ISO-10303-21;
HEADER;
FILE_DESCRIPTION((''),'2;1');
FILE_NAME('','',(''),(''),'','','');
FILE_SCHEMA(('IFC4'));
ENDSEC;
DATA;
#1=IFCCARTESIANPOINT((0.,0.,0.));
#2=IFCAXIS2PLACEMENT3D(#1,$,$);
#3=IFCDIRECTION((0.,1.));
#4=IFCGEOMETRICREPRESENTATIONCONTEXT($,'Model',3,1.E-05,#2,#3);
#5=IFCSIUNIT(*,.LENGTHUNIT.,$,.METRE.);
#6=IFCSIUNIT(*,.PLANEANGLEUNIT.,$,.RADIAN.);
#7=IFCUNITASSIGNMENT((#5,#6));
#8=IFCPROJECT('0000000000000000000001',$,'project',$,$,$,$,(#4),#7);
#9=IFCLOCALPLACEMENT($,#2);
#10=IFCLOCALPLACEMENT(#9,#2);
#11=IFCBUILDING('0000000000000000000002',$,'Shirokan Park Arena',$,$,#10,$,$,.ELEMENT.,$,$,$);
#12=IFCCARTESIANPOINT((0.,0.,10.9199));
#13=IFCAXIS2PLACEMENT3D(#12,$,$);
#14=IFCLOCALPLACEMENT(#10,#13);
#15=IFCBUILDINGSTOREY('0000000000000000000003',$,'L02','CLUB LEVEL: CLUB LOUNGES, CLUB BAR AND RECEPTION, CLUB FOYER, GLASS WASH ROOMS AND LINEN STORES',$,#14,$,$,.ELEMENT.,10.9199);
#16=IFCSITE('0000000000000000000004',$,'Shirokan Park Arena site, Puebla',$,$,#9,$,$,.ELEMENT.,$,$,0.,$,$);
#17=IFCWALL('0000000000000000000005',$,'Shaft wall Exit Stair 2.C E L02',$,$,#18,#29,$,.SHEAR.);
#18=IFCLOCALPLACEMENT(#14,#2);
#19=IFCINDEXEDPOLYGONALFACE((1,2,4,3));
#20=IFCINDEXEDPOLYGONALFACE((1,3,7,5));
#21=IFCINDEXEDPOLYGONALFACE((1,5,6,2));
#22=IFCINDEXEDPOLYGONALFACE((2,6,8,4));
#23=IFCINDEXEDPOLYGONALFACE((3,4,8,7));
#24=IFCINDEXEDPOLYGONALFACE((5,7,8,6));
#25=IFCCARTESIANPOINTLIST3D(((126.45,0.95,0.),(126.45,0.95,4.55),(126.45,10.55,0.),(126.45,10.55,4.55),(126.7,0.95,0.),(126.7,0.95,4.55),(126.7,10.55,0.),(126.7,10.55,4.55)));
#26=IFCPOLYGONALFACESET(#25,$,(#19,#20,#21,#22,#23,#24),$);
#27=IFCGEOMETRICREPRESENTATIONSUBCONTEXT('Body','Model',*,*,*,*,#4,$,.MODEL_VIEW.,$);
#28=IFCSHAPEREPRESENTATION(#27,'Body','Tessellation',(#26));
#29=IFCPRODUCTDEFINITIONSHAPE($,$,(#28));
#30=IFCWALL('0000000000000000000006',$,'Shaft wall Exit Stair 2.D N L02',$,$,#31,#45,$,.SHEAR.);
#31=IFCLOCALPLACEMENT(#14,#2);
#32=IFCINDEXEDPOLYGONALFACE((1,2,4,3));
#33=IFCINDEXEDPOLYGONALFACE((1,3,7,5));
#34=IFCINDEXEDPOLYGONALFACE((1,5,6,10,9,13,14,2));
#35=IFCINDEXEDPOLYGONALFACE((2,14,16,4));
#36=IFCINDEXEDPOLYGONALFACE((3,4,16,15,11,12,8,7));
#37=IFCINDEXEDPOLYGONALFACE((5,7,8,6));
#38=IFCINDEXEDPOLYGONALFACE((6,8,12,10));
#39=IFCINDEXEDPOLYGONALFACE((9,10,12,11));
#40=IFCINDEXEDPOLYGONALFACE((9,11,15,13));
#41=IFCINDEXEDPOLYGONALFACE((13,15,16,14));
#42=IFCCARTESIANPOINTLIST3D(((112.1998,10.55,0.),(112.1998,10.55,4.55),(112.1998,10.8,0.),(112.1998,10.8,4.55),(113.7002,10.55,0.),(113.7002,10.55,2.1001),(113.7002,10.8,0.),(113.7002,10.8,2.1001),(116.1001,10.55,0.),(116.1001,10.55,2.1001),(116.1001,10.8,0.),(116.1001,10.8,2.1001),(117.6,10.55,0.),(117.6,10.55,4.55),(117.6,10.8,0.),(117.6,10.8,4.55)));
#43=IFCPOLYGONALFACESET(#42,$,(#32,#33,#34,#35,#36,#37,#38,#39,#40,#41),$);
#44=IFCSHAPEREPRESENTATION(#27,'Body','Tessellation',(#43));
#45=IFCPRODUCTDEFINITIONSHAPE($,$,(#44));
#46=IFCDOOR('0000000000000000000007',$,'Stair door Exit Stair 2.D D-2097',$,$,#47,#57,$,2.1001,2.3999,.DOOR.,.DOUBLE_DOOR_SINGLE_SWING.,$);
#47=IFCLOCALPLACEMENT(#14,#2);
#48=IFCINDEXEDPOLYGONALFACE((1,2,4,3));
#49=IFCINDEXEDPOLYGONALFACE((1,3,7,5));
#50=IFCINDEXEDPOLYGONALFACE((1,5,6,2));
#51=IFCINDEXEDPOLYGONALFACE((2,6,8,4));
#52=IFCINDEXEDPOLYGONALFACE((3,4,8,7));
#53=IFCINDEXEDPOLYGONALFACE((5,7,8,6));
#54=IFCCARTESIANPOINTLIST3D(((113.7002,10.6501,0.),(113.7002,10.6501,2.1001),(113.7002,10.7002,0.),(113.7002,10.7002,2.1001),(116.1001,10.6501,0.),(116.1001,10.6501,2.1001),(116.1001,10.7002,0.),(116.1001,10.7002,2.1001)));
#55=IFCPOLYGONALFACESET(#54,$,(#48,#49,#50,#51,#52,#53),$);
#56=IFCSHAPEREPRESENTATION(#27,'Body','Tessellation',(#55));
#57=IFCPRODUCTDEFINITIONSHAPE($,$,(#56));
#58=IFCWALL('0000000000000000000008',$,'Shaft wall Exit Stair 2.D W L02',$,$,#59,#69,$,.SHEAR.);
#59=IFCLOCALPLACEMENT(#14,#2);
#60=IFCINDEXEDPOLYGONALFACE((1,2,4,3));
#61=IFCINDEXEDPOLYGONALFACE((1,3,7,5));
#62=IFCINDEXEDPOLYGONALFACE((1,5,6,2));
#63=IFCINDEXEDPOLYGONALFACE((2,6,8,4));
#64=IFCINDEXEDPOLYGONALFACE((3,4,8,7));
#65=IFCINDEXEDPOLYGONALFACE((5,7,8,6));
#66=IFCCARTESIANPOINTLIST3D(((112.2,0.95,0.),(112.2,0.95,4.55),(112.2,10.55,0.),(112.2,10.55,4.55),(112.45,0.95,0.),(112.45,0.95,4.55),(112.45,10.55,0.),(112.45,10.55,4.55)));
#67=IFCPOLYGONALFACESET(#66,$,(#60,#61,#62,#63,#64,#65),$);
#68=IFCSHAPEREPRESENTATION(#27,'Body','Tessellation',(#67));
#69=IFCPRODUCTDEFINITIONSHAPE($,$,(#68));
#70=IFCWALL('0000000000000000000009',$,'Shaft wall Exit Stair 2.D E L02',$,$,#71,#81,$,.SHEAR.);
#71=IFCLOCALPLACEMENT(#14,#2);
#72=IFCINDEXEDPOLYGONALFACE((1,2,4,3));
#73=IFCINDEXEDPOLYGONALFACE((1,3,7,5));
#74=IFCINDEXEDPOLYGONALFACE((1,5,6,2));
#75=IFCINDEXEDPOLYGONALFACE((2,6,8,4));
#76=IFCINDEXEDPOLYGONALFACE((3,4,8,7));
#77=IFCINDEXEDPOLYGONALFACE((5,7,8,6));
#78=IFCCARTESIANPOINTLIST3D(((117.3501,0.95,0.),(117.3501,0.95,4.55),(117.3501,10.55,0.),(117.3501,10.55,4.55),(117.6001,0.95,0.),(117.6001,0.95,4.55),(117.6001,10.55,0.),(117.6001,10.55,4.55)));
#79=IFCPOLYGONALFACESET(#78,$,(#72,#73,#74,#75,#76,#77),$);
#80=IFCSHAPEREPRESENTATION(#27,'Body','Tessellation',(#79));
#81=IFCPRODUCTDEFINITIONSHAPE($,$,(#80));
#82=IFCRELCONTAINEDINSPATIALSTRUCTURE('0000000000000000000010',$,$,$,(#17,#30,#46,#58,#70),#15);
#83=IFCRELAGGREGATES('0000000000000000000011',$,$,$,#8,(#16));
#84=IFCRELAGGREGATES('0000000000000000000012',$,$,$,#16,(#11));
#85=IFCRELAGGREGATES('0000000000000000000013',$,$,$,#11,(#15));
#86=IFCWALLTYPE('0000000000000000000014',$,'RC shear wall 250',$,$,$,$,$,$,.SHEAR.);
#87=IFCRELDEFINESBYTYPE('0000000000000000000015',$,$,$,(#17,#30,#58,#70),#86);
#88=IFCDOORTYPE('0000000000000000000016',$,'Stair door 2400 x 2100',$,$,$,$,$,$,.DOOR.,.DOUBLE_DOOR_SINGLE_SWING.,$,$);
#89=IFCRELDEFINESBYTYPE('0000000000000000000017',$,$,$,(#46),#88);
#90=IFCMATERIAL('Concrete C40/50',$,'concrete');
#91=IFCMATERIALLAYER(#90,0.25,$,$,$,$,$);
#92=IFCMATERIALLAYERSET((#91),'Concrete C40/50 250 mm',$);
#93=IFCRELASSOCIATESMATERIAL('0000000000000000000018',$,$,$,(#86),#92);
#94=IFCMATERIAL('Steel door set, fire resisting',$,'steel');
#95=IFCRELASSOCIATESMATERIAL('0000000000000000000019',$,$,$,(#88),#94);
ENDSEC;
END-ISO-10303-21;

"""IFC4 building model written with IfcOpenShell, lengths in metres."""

from ifc_helpers import new_model, si_unit, direction, frame, frame_2d, origin, place, context, subcontext, project, spatial, rectangle, extrude, material, layer, layer_set, type_object, element, fill, save


model = new_model("IFC4")

# Units and contexts
model_context = context("Model", 3, precision=1e-05, world=origin(), true_north=direction((0.0, 1.0)))
body_context = subcontext(model_context, "Body", "Model", "MODEL_VIEW")
ifc_project = project(units=[si_unit("LENGTHUNIT", "METRE"), si_unit("PLANEANGLEUNIT", "RADIAN")], contexts=[model_context])

# Site, building, storey
site_placement = place(None, origin())
site = spatial("IfcSite", under=ifc_project, at=site_placement, Name="Shirokan Park Arena site, Puebla", CompositionType="ELEMENT", RefElevation=0.0)
building_placement = place(site_placement, origin())
building = spatial("IfcBuilding", under=site, at=building_placement, Name="Shirokan Park Arena", CompositionType="ELEMENT")
storey_placement = place(building_placement, frame((0.0, 0.0, 10.9199)))
storey = spatial("IfcBuildingStorey", under=building, at=storey_placement, Name="L02", Description="CLUB LEVEL: CLUB LOUNGES, CLUB BAR AND RECEPTION, CLUB FOYER, GLASS WASH ROOMS AND LINEN STORES", CompositionType="ELEMENT", Elevation=10.9199)

# Wall
ifc_material_1 = material(Name="Concrete C40/50", Category="concrete")
ifc_layer_1 = layer(ifc_material_1, 0.25)
ifc_layer_set_1 = layer_set([ifc_layer_1], Name="Concrete C40/50 250 mm")
wall_type_1 = type_object("IfcWallType", Name="RC shear wall 250", PredefinedType="SHEAR", material=ifc_layer_set_1)
for number, where, z_axis, x_axis, name in (
    (1, (126.575, 10.55, 0.0), (0.0, 0.0, 1.0), (0.0, -1.0, 0.0), "Shaft wall Exit Stair 2.C E L02"),
):
    element("IfcWall", number, at=place(storey_placement, frame(where, z_axis=z_axis, x_axis=x_axis)), inside=storey, type_object=wall_type_1, Name=name, PredefinedType="SHEAR", context=body_context, shape_type="SweptSolid", body=[
        extrude(rectangle(XDim=9.6001, YDim=0.25, at=frame_2d((4.8, 0.0))), origin(), (0.0, 0.0, 1.0), 4.55),
    ])

# Wall, opening, door
wall_1_placement = place(storey_placement, frame((117.6001, 10.675, 0.0), z_axis=(0.0, 0.0, 1.0), x_axis=(-1.0, 0.0, 0.0)))
wall_1 = element("IfcWall", 2, at=wall_1_placement, inside=storey, type_object=wall_type_1, Name="Shaft wall Exit Stair 2.D N L02", PredefinedType="SHEAR", context=body_context, shape_type="SweptSolid", body=[
    extrude(rectangle(XDim=5.4001, YDim=0.25, at=frame_2d((2.7002, 0.0))), origin(), (0.0, 0.0, 1.0), 4.55),
])
opening_1_placement = place(wall_1_placement, frame((1.5, 0.0, 0.0)))
opening_1 = element("IfcOpeningElement", 3, at=opening_1_placement, cuts=wall_1, PredefinedType="OPENING", context=body_context, shape_type="SweptSolid", body=[
    extrude(rectangle(XDim=2.3999, YDim=2.1001, at=frame_2d((1.2, 1.05))), frame((0.0, 0.135, 0.0), z_axis=(0.0, -1.0, 0.0), x_axis=(1.0, 0.0, 0.0)), (0.0, 0.0, 1.0), 0.27),
])
ifc_material_2 = material(Name="Steel door set, fire resisting", Category="steel")
door_type_1 = type_object("IfcDoorType", Name="Stair door 2400 x 2100", OperationType="DOUBLE_DOOR_SINGLE_SWING", PredefinedType="DOOR", material=ifc_material_2)
door_1_placement = place(opening_1_placement, origin())
door_1 = element("IfcDoor", 4, at=door_1_placement, inside=storey, type_object=door_type_1, Name="Stair door Exit Stair 2.D D-2097", OperationType="DOUBLE_DOOR_SINGLE_SWING", OverallHeight=2.1001, OverallWidth=2.3999, PredefinedType="DOOR", context=body_context, shape_type="SweptSolid", body=[
    extrude(rectangle(XDim=2.3999, YDim=2.1001, at=frame_2d((1.2, 1.05))), frame((0.0, 0.0249, 0.0), z_axis=(0.0, -1.0, 0.0), x_axis=(1.0, 0.0, 0.0)), (0.0, 0.0, 1.0), 0.05),
])
fill(opening_1, door_1)

# Walls
for number, where, z_axis, x_axis, name in (
    (5, (112.325, 10.55, 0.0), (0.0, 0.0, 1.0), (0.0, -1.0, 0.0), "Shaft wall Exit Stair 2.D W L02"),
    (6, (117.4751, 10.55, 0.0), (0.0, 0.0, 1.0), (0.0, -1.0, 0.0), "Shaft wall Exit Stair 2.D E L02"),
):
    element("IfcWall", number, at=place(storey_placement, frame(where, z_axis=z_axis, x_axis=x_axis)), inside=storey, type_object=wall_type_1, Name=name, PredefinedType="SHEAR", context=body_context, shape_type="SweptSolid", body=[
        extrude(rectangle(XDim=9.6001, YDim=0.25, at=frame_2d((4.8, 0.0))), origin(), (0.0, 0.0, 1.0), 4.55),
    ])

save(model, "model.ifc")
